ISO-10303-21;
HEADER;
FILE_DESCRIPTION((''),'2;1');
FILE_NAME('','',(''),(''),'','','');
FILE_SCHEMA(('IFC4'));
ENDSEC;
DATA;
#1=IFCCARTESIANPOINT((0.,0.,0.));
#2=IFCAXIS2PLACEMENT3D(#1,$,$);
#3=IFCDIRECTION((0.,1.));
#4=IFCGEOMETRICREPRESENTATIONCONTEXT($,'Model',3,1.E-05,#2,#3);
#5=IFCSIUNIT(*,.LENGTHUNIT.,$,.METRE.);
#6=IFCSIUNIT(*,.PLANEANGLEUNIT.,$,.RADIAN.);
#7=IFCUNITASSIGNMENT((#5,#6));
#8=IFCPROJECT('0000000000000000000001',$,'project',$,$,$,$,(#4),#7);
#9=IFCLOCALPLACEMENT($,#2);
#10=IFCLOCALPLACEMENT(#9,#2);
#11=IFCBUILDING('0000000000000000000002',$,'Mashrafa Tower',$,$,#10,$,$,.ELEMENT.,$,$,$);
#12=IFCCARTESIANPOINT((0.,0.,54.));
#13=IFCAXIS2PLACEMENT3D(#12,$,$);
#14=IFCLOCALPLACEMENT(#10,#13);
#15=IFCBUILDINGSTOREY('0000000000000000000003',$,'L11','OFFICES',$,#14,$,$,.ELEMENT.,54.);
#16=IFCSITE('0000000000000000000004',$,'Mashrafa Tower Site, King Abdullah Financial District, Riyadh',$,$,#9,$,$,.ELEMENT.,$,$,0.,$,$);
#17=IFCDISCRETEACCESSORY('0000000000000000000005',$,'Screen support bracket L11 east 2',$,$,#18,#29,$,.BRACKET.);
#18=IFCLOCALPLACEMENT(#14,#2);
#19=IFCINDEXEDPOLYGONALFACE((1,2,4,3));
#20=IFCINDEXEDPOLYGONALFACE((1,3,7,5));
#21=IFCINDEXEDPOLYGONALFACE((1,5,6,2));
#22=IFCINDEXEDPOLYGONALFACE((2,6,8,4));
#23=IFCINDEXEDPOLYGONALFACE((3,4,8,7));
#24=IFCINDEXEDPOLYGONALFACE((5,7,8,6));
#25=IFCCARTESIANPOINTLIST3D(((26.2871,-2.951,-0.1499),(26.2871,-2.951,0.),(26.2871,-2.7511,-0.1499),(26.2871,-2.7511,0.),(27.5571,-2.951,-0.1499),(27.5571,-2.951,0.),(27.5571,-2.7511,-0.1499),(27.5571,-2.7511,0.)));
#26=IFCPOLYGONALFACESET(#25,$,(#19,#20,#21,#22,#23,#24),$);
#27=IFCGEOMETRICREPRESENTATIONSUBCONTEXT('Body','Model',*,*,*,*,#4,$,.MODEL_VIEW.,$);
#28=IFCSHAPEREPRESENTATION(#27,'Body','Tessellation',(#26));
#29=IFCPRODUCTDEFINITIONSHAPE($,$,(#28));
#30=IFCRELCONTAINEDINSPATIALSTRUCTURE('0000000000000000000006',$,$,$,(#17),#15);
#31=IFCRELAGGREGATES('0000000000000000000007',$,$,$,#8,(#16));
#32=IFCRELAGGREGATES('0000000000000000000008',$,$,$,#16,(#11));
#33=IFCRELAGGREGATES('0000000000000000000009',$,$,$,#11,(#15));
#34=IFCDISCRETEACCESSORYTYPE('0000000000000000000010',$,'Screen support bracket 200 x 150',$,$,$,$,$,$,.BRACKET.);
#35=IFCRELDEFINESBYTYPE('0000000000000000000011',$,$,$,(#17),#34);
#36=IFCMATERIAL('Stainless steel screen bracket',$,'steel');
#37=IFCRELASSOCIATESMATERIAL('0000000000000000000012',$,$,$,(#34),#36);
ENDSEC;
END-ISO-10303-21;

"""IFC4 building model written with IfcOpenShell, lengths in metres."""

from ifc_helpers import new_model, si_unit, direction, frame, origin, origin_2d, place, context, subcontext, project, spatial, rectangle, extrude, source, transform, mapped, material, type_object, type_shapes, element, save


model = new_model("IFC4")

# Units and contexts
model_context = context("Model", 3, precision=1e-05, world=origin(), true_north=direction((0.0, 1.0)))
body_context = subcontext(model_context, "Body", "Model", "MODEL_VIEW")
ifc_project = project(units=[si_unit("LENGTHUNIT", "METRE"), si_unit("PLANEANGLEUNIT", "RADIAN")], contexts=[model_context])

# Site, building, storey
site_placement = place(None, origin())
site = spatial("IfcSite", under=ifc_project, at=site_placement, Name="Mashrafa Tower Site, King Abdullah Financial District, Riyadh", CompositionType="ELEMENT", RefElevation=0.0)
building_placement = place(site_placement, origin())
building = spatial("IfcBuilding", under=site, at=building_placement, Name="Mashrafa Tower", CompositionType="ELEMENT")
storey_placement = place(building_placement, frame((0.0, 0.0, 54.0)))
storey = spatial("IfcBuildingStorey", under=building, at=storey_placement, Name="L11", Description="OFFICES", CompositionType="ELEMENT", Elevation=54.0)

# Discrete accessory
ifc_material_1 = material(Name="Stainless steel screen bracket", Category="steel")
discrete_accessory_type = type_object("IfcDiscreteAccessoryType", Name="Screen support bracket 200 x 150", PredefinedType="BRACKET", material=ifc_material_1)
shared_shape_1 = source(origin(), body_context, "Body", "SweptSolid", [
    extrude(rectangle(XDim=0.2, YDim=1.27, at=origin_2d()), origin(), (0.0, 0.0, 1.0), 0.1499),
])
type_shapes(discrete_accessory_type, [shared_shape_1])
for number, where, z_axis, x_axis, name in (
    (1, (26.9221, -2.8511, -0.1499), (0.0, 0.0, 1.0), (0.0, 1.0, 0.0), "Screen support bracket L11 east 2"),
):
    element("IfcDiscreteAccessory", number, at=place(storey_placement, frame(where, z_axis=z_axis, x_axis=x_axis)), inside=storey, type_object=discrete_accessory_type, Name=name, PredefinedType="BRACKET", context=body_context, shape_type="MappedRepresentation", body=[
        mapped(shared_shape_1, transform((0.0, 0.0, 0.0))),
    ])

save(model, "model.ifc")
